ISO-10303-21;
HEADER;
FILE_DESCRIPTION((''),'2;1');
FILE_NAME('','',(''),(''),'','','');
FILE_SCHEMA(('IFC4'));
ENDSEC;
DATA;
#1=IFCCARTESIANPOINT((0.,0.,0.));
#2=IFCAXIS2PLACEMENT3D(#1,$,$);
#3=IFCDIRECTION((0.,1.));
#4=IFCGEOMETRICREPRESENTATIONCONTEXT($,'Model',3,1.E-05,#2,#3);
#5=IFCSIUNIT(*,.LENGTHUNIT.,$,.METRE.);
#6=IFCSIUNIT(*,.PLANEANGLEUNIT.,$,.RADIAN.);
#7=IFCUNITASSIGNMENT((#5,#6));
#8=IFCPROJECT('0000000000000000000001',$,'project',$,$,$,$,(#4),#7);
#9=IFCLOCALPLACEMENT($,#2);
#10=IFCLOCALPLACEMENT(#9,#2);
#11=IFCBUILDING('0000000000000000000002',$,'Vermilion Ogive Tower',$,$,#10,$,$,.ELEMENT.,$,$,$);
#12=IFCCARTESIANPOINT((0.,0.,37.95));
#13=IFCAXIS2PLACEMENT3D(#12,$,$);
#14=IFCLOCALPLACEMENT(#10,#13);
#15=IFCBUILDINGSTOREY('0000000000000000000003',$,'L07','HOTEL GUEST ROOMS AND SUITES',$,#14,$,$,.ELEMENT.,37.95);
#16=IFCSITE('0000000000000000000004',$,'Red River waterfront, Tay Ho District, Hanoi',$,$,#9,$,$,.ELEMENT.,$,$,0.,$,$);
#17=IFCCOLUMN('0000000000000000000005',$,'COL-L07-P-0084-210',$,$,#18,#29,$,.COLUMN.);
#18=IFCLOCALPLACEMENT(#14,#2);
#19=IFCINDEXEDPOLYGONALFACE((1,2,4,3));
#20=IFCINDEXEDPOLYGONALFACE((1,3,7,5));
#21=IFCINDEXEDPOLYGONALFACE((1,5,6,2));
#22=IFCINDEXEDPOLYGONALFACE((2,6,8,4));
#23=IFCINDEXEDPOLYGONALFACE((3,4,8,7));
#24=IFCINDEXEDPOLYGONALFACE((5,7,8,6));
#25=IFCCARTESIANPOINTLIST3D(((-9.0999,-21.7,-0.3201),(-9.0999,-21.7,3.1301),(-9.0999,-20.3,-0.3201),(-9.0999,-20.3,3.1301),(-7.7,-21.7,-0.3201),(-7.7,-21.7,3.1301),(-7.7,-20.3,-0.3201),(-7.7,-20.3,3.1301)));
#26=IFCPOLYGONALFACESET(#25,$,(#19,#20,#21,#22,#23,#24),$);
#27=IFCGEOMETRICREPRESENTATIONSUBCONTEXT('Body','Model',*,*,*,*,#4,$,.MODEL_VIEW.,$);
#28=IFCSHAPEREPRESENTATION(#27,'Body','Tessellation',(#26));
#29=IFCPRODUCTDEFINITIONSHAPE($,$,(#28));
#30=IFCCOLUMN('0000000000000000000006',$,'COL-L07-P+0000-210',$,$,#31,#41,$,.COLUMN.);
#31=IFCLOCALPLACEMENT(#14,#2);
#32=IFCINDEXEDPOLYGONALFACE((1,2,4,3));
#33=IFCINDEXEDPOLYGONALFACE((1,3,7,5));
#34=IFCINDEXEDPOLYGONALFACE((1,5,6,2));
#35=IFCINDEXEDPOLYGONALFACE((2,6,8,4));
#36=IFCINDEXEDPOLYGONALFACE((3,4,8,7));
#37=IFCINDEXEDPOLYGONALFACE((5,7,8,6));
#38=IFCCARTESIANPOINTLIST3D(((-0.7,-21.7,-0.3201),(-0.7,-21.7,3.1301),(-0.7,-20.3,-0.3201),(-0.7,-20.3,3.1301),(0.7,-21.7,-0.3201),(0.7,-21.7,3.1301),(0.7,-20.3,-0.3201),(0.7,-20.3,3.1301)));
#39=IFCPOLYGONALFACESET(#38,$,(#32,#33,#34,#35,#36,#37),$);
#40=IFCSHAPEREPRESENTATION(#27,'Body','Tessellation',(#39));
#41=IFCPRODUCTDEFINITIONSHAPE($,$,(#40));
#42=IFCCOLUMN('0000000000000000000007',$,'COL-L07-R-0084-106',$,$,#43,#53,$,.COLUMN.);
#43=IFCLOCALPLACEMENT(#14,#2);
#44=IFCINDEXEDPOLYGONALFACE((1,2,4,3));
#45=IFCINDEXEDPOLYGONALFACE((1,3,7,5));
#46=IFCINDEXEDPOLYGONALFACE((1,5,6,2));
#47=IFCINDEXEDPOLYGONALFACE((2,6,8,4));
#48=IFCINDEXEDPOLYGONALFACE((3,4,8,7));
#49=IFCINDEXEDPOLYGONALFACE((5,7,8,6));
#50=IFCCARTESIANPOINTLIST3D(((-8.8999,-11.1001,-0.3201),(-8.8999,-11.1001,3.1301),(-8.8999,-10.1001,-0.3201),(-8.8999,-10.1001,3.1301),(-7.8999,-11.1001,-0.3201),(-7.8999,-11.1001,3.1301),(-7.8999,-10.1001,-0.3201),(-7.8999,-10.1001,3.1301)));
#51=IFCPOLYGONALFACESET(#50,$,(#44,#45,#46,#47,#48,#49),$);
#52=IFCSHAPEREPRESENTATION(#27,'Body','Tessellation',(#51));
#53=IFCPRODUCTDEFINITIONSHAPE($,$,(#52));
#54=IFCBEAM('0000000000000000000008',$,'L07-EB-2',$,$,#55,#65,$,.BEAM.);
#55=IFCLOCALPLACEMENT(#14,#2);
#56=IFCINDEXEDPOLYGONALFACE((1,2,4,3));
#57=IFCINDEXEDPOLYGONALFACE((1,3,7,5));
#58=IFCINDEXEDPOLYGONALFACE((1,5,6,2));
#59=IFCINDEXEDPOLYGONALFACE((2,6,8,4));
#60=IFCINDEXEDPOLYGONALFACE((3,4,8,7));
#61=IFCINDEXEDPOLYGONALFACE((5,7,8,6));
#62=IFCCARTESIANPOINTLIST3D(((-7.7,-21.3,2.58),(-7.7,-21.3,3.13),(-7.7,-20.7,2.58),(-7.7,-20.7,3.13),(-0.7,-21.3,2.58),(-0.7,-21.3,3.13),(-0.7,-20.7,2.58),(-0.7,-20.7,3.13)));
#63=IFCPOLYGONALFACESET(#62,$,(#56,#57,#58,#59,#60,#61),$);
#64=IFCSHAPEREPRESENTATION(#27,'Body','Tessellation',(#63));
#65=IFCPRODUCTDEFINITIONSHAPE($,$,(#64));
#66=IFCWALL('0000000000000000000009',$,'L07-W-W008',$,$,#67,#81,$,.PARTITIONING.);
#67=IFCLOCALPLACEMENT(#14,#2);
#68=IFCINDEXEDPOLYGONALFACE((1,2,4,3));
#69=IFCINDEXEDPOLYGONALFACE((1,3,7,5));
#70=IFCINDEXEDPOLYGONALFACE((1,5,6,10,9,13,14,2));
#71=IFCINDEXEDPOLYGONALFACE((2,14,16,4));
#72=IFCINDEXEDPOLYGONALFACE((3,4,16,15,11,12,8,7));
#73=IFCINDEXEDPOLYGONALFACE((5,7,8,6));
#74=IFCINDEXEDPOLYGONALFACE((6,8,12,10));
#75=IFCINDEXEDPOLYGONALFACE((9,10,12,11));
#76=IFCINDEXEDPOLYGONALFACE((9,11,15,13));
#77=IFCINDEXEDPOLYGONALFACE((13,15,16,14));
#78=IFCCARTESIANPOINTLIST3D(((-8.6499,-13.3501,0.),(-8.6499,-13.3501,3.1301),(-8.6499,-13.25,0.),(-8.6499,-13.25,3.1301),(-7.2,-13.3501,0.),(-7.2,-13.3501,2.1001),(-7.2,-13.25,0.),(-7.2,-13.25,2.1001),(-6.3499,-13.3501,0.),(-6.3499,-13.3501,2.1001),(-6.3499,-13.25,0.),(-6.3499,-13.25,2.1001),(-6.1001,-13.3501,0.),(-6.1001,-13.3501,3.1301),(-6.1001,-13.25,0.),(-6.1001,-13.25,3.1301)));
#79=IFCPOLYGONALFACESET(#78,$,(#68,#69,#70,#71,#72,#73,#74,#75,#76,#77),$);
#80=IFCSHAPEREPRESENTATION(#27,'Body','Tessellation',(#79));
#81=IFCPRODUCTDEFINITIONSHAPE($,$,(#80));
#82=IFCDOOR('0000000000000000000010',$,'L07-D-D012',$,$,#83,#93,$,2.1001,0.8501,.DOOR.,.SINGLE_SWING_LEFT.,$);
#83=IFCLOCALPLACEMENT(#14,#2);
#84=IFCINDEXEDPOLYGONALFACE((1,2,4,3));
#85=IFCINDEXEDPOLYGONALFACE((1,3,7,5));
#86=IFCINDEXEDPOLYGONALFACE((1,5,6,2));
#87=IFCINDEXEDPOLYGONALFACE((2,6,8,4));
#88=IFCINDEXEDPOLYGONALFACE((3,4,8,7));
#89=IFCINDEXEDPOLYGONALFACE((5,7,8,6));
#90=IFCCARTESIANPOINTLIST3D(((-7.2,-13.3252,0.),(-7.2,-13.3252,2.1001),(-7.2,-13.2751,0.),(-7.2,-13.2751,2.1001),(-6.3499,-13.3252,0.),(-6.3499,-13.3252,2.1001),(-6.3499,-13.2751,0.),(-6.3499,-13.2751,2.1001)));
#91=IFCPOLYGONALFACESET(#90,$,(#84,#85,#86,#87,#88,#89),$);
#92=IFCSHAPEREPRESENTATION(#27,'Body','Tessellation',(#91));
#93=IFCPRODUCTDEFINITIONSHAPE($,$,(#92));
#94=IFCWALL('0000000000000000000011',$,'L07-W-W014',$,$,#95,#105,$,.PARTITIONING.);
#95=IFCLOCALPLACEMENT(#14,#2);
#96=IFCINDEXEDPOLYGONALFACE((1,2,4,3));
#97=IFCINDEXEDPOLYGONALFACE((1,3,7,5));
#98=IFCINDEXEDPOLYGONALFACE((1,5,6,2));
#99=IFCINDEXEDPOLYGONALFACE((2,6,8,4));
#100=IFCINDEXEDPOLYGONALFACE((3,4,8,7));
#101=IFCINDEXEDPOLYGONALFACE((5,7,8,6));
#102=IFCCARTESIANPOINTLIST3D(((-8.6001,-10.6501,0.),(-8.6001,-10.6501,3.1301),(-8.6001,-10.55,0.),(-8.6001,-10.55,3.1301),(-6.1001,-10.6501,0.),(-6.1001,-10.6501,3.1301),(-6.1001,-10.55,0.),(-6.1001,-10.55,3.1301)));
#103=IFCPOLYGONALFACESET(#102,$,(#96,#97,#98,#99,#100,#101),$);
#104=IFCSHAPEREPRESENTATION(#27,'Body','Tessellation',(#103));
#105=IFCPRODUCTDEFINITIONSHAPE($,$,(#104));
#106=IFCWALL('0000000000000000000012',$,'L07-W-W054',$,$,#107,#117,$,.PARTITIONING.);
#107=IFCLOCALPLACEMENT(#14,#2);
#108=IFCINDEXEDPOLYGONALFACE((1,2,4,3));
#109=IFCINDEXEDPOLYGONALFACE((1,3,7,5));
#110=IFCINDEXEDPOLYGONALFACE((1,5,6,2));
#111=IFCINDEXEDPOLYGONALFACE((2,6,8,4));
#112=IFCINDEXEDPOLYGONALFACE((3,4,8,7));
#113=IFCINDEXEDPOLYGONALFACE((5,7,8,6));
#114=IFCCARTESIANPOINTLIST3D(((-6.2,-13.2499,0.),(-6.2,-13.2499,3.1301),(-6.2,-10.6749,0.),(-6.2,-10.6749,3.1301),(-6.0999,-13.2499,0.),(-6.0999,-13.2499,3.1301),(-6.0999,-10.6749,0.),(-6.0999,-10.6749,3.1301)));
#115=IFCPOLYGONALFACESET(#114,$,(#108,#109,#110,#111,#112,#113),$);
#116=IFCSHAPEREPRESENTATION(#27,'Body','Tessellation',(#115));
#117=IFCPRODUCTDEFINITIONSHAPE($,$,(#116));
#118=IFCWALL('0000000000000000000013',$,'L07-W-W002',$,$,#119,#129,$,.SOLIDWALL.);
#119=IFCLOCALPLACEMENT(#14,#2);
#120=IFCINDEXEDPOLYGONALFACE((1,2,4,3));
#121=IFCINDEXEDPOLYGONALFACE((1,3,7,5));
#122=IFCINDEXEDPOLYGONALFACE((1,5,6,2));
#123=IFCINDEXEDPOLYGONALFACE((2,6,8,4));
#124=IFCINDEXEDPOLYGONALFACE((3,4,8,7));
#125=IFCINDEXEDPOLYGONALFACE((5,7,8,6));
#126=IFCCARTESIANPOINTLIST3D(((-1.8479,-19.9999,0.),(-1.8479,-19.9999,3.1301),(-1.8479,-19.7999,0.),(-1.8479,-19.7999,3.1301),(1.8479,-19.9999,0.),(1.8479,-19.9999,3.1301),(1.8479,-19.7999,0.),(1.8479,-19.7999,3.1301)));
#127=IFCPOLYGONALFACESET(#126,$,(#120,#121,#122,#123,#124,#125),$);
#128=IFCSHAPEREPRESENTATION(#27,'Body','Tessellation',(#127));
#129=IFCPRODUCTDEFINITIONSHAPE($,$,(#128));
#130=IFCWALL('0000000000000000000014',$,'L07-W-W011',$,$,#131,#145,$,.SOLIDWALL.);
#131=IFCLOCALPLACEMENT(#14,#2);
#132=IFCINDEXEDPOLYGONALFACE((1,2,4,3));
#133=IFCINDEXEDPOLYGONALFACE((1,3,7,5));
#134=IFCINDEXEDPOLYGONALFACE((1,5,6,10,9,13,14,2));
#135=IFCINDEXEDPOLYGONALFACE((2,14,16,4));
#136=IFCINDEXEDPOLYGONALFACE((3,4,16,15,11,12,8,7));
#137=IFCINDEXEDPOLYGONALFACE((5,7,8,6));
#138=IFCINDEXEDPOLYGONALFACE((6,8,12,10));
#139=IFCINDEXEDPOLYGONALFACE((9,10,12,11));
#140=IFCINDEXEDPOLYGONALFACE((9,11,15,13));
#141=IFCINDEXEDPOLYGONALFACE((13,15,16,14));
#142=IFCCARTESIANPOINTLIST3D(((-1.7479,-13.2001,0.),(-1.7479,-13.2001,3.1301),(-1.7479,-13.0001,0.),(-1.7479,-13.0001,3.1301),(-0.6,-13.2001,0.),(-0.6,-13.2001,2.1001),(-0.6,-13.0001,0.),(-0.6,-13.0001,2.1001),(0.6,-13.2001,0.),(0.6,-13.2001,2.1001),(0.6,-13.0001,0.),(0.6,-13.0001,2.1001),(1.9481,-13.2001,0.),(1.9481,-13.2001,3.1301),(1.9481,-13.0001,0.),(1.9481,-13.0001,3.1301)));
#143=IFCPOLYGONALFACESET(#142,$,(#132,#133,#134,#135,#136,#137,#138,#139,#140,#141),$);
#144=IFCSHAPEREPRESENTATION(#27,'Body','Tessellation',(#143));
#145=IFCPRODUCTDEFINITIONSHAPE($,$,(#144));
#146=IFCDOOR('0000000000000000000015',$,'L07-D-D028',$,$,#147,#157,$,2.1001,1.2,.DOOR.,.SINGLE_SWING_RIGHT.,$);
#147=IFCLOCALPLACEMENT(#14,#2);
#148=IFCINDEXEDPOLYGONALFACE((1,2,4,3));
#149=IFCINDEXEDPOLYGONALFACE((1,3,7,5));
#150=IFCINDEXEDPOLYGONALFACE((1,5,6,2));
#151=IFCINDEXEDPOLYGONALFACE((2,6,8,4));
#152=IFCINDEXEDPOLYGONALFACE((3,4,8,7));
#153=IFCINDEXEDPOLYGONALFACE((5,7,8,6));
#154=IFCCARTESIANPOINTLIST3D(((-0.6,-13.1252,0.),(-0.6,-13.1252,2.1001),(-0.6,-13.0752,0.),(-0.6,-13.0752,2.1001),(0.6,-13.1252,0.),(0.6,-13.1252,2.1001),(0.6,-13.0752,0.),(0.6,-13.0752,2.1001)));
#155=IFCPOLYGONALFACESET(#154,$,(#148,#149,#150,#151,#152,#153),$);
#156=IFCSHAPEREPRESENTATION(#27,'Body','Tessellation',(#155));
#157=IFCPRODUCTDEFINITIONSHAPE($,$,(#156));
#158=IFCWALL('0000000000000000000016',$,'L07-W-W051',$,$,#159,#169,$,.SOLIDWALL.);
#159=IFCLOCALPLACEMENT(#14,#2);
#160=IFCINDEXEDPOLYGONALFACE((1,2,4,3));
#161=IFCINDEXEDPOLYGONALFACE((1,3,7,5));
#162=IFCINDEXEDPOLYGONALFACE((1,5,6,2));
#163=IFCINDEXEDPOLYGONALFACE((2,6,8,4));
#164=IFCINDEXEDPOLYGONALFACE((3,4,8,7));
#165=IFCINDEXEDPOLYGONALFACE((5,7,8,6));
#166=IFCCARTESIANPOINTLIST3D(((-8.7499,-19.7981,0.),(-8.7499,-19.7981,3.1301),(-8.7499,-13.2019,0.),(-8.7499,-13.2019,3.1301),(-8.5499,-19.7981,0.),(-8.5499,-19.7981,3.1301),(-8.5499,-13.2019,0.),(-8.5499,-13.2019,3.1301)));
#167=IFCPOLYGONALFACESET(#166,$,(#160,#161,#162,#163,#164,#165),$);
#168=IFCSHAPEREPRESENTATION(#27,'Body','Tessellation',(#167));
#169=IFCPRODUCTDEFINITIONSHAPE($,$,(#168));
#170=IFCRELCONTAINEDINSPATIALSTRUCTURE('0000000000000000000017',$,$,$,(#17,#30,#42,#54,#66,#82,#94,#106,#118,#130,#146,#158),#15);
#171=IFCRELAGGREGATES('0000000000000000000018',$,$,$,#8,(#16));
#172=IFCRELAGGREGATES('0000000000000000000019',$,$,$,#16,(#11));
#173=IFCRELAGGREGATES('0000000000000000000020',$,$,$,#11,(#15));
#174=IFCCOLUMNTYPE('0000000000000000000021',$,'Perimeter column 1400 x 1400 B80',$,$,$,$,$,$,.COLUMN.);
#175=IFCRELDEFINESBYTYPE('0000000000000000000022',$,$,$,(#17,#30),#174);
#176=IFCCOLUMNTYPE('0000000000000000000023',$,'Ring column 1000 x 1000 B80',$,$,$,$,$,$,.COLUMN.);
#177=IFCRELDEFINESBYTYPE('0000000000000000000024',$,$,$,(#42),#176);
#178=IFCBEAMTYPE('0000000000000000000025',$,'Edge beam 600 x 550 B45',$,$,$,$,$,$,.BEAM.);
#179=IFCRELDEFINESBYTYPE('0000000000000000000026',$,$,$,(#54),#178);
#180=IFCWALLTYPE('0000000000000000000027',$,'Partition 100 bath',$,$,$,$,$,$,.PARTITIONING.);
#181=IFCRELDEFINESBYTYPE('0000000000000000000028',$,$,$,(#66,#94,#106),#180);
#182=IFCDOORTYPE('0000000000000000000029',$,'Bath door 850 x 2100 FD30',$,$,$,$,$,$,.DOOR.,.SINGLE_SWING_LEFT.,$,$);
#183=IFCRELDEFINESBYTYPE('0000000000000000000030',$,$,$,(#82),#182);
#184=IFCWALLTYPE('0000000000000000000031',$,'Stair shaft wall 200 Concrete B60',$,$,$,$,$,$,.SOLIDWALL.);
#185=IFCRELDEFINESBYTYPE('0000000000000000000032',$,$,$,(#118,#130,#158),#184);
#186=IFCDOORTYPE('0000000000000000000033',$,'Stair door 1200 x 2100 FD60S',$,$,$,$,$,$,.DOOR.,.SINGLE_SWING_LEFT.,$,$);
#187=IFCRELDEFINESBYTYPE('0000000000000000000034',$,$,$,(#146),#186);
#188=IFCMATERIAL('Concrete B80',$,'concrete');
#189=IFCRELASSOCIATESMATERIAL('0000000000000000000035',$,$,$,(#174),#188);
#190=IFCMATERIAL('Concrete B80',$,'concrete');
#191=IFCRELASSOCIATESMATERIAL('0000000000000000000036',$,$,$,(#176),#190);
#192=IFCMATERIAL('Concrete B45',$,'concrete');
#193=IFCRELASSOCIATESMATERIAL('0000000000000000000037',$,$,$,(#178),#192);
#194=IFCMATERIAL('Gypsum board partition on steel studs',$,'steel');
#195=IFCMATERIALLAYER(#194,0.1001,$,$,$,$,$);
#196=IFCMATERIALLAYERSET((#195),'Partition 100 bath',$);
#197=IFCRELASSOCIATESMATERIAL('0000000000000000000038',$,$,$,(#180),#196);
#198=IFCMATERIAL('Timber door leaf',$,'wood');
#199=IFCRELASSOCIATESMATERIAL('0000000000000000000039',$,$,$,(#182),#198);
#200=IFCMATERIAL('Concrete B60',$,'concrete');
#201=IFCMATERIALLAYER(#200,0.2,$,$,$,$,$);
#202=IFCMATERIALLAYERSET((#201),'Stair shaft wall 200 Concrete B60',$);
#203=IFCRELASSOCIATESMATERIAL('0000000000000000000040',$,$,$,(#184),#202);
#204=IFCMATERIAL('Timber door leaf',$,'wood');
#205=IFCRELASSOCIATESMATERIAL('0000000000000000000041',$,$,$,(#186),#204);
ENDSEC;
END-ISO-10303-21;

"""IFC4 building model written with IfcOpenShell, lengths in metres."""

from ifc_helpers import new_model, si_unit, direction, frame, frame_2d, origin, origin_2d, place, context, subcontext, project, spatial, rectangle, extrude, material, layer, layer_set, material_profile, profile_set, type_object, element, fill, save


model = new_model("IFC4")

# Units and contexts
model_context = context("Model", 3, precision=1e-05, world=origin(), true_north=direction((0.0, 1.0)))
body_context = subcontext(model_context, "Body", "Model", "MODEL_VIEW")
ifc_project = project(units=[si_unit("LENGTHUNIT", "METRE"), si_unit("PLANEANGLEUNIT", "RADIAN")], contexts=[model_context])

# Site, building, storey
site_placement = place(None, origin())
site = spatial("IfcSite", under=ifc_project, at=site_placement, Name="Red River waterfront, Tay Ho District, Hanoi", CompositionType="ELEMENT", RefElevation=0.0)
building_placement = place(site_placement, origin())
building = spatial("IfcBuilding", under=site, at=building_placement, Name="Vermilion Ogive Tower", CompositionType="ELEMENT")
storey_placement = place(building_placement, frame((0.0, 0.0, 37.95)))
storey = spatial("IfcBuildingStorey", under=building, at=storey_placement, Name="L07", Description="HOTEL GUEST ROOMS AND SUITES", CompositionType="ELEMENT", Elevation=37.95)

# Columns
ifc_material_1 = material(Name="Concrete B80", Category="concrete")
ifc_material_profile_1 = material_profile(ifc_material_1, rectangle(XDim=1.3999, YDim=1.3999, at=origin_2d()), Name="1400 x 1400")
ifc_profile_set_1 = profile_set([ifc_material_profile_1], Name="Concrete B80")
column_type_1 = type_object("IfcColumnType", Name="Perimeter column 1400 x 1400 B80", PredefinedType="COLUMN", material=ifc_profile_set_1)
for number, where, z_axis, x_axis, name in (
    (1, (-8.3999, -21.0, -0.3201), (0.0, 0.0, 1.0), (1.0, 0.0, 0.0), "COL-L07-P-0084-210"),
    (2, (0.0, -21.0, -0.3201), (0.0, 0.0, 1.0), (1.0, 0.0, 0.0), "COL-L07-P+0000-210"),
):
    element("IfcColumn", number, at=place(storey_placement, frame(where, z_axis=z_axis, x_axis=x_axis)), inside=storey, type_object=column_type_1, Name=name, PredefinedType="COLUMN", context=body_context, shape_type="SweptSolid", body=[
        extrude(rectangle(XDim=1.3999, YDim=1.3999, at=origin_2d()), origin(), (0.0, 0.0, 1.0), 3.4502),
    ])
ifc_material_2 = material(Name="Concrete B80", Category="concrete")
ifc_material_profile_2 = material_profile(ifc_material_2, rectangle(XDim=1.0, YDim=1.0, at=origin_2d()), Name="1000 x 1000")
ifc_profile_set_2 = profile_set([ifc_material_profile_2], Name="Concrete B80")
column_type_2 = type_object("IfcColumnType", Name="Ring column 1000 x 1000 B80", PredefinedType="COLUMN", material=ifc_profile_set_2)
column_placement = place(storey_placement, frame((-8.3999, -10.6001, -0.3201), z_axis=(0.0, 0.0, 1.0), x_axis=(1.0, 0.0, 0.0)))
element("IfcColumn", 3, at=column_placement, inside=storey, type_object=column_type_2, Name="COL-L07-R-0084-106", PredefinedType="COLUMN", context=body_context, shape_type="SweptSolid", body=[
    extrude(rectangle(XDim=1.0, YDim=1.0, at=origin_2d()), origin(), (0.0, 0.0, 1.0), 3.4502),
])

# Beam
ifc_material_3 = material(Name="Concrete B45", Category="concrete")
ifc_material_profile_3 = material_profile(ifc_material_3, rectangle(XDim=0.6001, YDim=0.55, at=origin_2d()), Name="600 x 550")
ifc_profile_set_3 = profile_set([ifc_material_profile_3], Name="Concrete B45")
beam_type = type_object("IfcBeamType", Name="Edge beam 600 x 550 B45", PredefinedType="BEAM", material=ifc_profile_set_3)
beam_placement = place(storey_placement, frame((-7.7, -21.0, 2.855), z_axis=(1.0, 0.0, 0.0), x_axis=(0.0, 1.0, 0.0)))
element("IfcBeam", 4, at=beam_placement, inside=storey, type_object=beam_type, Name="L07-EB-2", PredefinedType="BEAM", context=body_context, shape_type="SweptSolid", body=[
    extrude(rectangle(XDim=0.6001, YDim=0.55, at=origin_2d()), origin(), (0.0, 0.0, 1.0), 7.0),
])

# Wall, opening, door
ifc_material_4 = material(Name="Gypsum board partition on steel studs", Category="steel")
ifc_layer_1 = layer(ifc_material_4, 0.1001)
ifc_layer_set_1 = layer_set([ifc_layer_1], Name="Partition 100 bath")
wall_type_1 = type_object("IfcWallType", Name="Partition 100 bath", PredefinedType="PARTITIONING", material=ifc_layer_set_1)
wall_1_placement = place(storey_placement, frame((-8.6499, -13.3, 0.0), z_axis=(0.0, 0.0, 1.0), x_axis=(1.0, 0.0, 0.0)))
wall_1 = element("IfcWall", 5, at=wall_1_placement, inside=storey, type_object=wall_type_1, Name="L07-W-W008", PredefinedType="PARTITIONING", context=body_context, shape_type="SweptSolid", body=[
    extrude(rectangle(XDim=2.5498, YDim=0.1001, at=frame_2d((1.2749, 0.0))), origin(), (0.0, 0.0, 1.0), 3.1301),
])
opening_1_placement = place(wall_1_placement, frame((1.45, 0.0, 0.0)))
opening_1 = element("IfcOpeningElement", 6, at=opening_1_placement, cuts=wall_1, PredefinedType="OPENING", context=body_context, shape_type="SweptSolid", body=[
    extrude(rectangle(XDim=0.8501, YDim=2.1001, at=frame_2d((0.425, 1.05))), frame((0.0, 0.0601, 0.0), z_axis=(0.0, -1.0, 0.0), x_axis=(1.0, 0.0, 0.0)), (0.0, 0.0, 1.0), 0.1201),
])
ifc_material_5 = material(Name="Timber door leaf", Category="wood")
door_type_1 = type_object("IfcDoorType", Name="Bath door 850 x 2100 FD30", OperationType="SINGLE_SWING_LEFT", PredefinedType="DOOR", material=ifc_material_5)
door_1_placement = place(opening_1_placement, origin())
door_1 = element("IfcDoor", 7, at=door_1_placement, inside=storey, type_object=door_type_1, Name="L07-D-D012", OperationType="SINGLE_SWING_LEFT", OverallHeight=2.1001, OverallWidth=0.8501, PredefinedType="DOOR", context=body_context, shape_type="SweptSolid", body=[
    extrude(rectangle(XDim=0.8501, YDim=2.1001, at=frame_2d((0.425, 1.05))), frame((0.0, 0.0249, 0.0), z_axis=(0.0, -1.0, 0.0), x_axis=(1.0, 0.0, 0.0)), (0.0, 0.0, 1.0), 0.05),
])
fill(opening_1, door_1)

# Walls
wall_2_placement = place(storey_placement, frame((-8.6001, -10.6001, 0.0), z_axis=(0.0, 0.0, 1.0), x_axis=(1.0, 0.0, 0.0)))
element("IfcWall", 8, at=wall_2_placement, inside=storey, type_object=wall_type_1, Name="L07-W-W014", PredefinedType="PARTITIONING", context=body_context, shape_type="SweptSolid", body=[
    extrude(rectangle(XDim=2.5, YDim=0.1001, at=frame_2d((1.25, 0.0))), origin(), (0.0, 0.0, 1.0), 3.1301),
])
wall_3_placement = place(storey_placement, frame((-6.1499, -13.25, 0.0), z_axis=(0.0, 0.0, 1.0), x_axis=(0.0, 1.0, 0.0)))
element("IfcWall", 9, at=wall_3_placement, inside=storey, type_object=wall_type_1, Name="L07-W-W054", PredefinedType="PARTITIONING", context=body_context, shape_type="SweptSolid", body=[
    extrude(rectangle(XDim=2.575, YDim=0.1001, at=frame_2d((1.2876, 0.0))), origin(), (0.0, 0.0, 1.0), 3.1301),
])
ifc_material_6 = material(Name="Concrete B60", Category="concrete")
ifc_layer_2 = layer(ifc_material_6, 0.2)
ifc_layer_set_2 = layer_set([ifc_layer_2], Name="Stair shaft wall 200 Concrete B60")
wall_type_2 = type_object("IfcWallType", Name="Stair shaft wall 200 Concrete B60", PredefinedType="SOLIDWALL", material=ifc_layer_set_2)
wall_4_placement = place(storey_placement, frame((-1.8479, -19.8999, 0.0), z_axis=(0.0, 0.0, 1.0), x_axis=(1.0, 0.0, 0.0)))
element("IfcWall", 10, at=wall_4_placement, inside=storey, type_object=wall_type_2, Name="L07-W-W002", PredefinedType="SOLIDWALL", context=body_context, shape_type="SweptSolid", body=[
    extrude(rectangle(XDim=3.6958, YDim=0.2, at=frame_2d((1.8479, 0.0))), origin(), (0.0, 0.0, 1.0), 3.1301),
])

# Wall, opening, door
wall_5_placement = place(storey_placement, frame((-1.748, -13.1001, 0.0), z_axis=(0.0, 0.0, 1.0), x_axis=(1.0, 0.0, 0.0)))
wall_5 = element("IfcWall", 11, at=wall_5_placement, inside=storey, type_object=wall_type_2, Name="L07-W-W011", PredefinedType="SOLIDWALL", context=body_context, shape_type="SweptSolid", body=[
    extrude(rectangle(XDim=3.696, YDim=0.2, at=frame_2d((1.8481, 0.0))), origin(), (0.0, 0.0, 1.0), 3.1301),
])
opening_2_placement = place(wall_5_placement, frame((1.1479, 0.0, 0.0)))
opening_2 = element("IfcOpeningElement", 12, at=opening_2_placement, cuts=wall_5, PredefinedType="OPENING", context=body_context, shape_type="SweptSolid", body=[
    extrude(rectangle(XDim=1.2, YDim=2.1001, at=frame_2d((0.6001, 1.05))), frame((0.0, 0.1099, 0.0), z_axis=(0.0, -1.0, 0.0), x_axis=(1.0, 0.0, 0.0)), (0.0, 0.0, 1.0), 0.22),
])
ifc_material_7 = material(Name="Timber door leaf", Category="wood")
door_type_2 = type_object("IfcDoorType", Name="Stair door 1200 x 2100 FD60S", OperationType="SINGLE_SWING_LEFT", PredefinedType="DOOR", material=ifc_material_7)
door_2_placement = place(opening_2_placement, origin())
door_2 = element("IfcDoor", 13, at=door_2_placement, inside=storey, type_object=door_type_2, Name="L07-D-D028", OperationType="SINGLE_SWING_RIGHT", OverallHeight=2.1001, OverallWidth=1.2, PredefinedType="DOOR", context=body_context, shape_type="SweptSolid", body=[
    extrude(rectangle(XDim=1.2, YDim=2.1001, at=frame_2d((0.6001, 1.05))), frame((0.0, 0.0249, 0.0), z_axis=(0.0, -1.0, 0.0), x_axis=(1.0, 0.0, 0.0)), (0.0, 0.0, 1.0), 0.05),
])
fill(opening_2, door_2)

# Wall
wall_6_placement = place(storey_placement, frame((-8.6499, -19.7981, 0.0), z_axis=(0.0, 0.0, 1.0), x_axis=(0.0, 1.0, 0.0)))
element("IfcWall", 14, at=wall_6_placement, inside=storey, type_object=wall_type_2, Name="L07-W-W051", PredefinedType="SOLIDWALL", context=body_context, shape_type="SweptSolid", body=[
    extrude(rectangle(XDim=6.5962, YDim=0.2, at=frame_2d((3.2981, 0.0))), origin(), (0.0, 0.0, 1.0), 3.1301),
])

save(model, "model.ifc")
